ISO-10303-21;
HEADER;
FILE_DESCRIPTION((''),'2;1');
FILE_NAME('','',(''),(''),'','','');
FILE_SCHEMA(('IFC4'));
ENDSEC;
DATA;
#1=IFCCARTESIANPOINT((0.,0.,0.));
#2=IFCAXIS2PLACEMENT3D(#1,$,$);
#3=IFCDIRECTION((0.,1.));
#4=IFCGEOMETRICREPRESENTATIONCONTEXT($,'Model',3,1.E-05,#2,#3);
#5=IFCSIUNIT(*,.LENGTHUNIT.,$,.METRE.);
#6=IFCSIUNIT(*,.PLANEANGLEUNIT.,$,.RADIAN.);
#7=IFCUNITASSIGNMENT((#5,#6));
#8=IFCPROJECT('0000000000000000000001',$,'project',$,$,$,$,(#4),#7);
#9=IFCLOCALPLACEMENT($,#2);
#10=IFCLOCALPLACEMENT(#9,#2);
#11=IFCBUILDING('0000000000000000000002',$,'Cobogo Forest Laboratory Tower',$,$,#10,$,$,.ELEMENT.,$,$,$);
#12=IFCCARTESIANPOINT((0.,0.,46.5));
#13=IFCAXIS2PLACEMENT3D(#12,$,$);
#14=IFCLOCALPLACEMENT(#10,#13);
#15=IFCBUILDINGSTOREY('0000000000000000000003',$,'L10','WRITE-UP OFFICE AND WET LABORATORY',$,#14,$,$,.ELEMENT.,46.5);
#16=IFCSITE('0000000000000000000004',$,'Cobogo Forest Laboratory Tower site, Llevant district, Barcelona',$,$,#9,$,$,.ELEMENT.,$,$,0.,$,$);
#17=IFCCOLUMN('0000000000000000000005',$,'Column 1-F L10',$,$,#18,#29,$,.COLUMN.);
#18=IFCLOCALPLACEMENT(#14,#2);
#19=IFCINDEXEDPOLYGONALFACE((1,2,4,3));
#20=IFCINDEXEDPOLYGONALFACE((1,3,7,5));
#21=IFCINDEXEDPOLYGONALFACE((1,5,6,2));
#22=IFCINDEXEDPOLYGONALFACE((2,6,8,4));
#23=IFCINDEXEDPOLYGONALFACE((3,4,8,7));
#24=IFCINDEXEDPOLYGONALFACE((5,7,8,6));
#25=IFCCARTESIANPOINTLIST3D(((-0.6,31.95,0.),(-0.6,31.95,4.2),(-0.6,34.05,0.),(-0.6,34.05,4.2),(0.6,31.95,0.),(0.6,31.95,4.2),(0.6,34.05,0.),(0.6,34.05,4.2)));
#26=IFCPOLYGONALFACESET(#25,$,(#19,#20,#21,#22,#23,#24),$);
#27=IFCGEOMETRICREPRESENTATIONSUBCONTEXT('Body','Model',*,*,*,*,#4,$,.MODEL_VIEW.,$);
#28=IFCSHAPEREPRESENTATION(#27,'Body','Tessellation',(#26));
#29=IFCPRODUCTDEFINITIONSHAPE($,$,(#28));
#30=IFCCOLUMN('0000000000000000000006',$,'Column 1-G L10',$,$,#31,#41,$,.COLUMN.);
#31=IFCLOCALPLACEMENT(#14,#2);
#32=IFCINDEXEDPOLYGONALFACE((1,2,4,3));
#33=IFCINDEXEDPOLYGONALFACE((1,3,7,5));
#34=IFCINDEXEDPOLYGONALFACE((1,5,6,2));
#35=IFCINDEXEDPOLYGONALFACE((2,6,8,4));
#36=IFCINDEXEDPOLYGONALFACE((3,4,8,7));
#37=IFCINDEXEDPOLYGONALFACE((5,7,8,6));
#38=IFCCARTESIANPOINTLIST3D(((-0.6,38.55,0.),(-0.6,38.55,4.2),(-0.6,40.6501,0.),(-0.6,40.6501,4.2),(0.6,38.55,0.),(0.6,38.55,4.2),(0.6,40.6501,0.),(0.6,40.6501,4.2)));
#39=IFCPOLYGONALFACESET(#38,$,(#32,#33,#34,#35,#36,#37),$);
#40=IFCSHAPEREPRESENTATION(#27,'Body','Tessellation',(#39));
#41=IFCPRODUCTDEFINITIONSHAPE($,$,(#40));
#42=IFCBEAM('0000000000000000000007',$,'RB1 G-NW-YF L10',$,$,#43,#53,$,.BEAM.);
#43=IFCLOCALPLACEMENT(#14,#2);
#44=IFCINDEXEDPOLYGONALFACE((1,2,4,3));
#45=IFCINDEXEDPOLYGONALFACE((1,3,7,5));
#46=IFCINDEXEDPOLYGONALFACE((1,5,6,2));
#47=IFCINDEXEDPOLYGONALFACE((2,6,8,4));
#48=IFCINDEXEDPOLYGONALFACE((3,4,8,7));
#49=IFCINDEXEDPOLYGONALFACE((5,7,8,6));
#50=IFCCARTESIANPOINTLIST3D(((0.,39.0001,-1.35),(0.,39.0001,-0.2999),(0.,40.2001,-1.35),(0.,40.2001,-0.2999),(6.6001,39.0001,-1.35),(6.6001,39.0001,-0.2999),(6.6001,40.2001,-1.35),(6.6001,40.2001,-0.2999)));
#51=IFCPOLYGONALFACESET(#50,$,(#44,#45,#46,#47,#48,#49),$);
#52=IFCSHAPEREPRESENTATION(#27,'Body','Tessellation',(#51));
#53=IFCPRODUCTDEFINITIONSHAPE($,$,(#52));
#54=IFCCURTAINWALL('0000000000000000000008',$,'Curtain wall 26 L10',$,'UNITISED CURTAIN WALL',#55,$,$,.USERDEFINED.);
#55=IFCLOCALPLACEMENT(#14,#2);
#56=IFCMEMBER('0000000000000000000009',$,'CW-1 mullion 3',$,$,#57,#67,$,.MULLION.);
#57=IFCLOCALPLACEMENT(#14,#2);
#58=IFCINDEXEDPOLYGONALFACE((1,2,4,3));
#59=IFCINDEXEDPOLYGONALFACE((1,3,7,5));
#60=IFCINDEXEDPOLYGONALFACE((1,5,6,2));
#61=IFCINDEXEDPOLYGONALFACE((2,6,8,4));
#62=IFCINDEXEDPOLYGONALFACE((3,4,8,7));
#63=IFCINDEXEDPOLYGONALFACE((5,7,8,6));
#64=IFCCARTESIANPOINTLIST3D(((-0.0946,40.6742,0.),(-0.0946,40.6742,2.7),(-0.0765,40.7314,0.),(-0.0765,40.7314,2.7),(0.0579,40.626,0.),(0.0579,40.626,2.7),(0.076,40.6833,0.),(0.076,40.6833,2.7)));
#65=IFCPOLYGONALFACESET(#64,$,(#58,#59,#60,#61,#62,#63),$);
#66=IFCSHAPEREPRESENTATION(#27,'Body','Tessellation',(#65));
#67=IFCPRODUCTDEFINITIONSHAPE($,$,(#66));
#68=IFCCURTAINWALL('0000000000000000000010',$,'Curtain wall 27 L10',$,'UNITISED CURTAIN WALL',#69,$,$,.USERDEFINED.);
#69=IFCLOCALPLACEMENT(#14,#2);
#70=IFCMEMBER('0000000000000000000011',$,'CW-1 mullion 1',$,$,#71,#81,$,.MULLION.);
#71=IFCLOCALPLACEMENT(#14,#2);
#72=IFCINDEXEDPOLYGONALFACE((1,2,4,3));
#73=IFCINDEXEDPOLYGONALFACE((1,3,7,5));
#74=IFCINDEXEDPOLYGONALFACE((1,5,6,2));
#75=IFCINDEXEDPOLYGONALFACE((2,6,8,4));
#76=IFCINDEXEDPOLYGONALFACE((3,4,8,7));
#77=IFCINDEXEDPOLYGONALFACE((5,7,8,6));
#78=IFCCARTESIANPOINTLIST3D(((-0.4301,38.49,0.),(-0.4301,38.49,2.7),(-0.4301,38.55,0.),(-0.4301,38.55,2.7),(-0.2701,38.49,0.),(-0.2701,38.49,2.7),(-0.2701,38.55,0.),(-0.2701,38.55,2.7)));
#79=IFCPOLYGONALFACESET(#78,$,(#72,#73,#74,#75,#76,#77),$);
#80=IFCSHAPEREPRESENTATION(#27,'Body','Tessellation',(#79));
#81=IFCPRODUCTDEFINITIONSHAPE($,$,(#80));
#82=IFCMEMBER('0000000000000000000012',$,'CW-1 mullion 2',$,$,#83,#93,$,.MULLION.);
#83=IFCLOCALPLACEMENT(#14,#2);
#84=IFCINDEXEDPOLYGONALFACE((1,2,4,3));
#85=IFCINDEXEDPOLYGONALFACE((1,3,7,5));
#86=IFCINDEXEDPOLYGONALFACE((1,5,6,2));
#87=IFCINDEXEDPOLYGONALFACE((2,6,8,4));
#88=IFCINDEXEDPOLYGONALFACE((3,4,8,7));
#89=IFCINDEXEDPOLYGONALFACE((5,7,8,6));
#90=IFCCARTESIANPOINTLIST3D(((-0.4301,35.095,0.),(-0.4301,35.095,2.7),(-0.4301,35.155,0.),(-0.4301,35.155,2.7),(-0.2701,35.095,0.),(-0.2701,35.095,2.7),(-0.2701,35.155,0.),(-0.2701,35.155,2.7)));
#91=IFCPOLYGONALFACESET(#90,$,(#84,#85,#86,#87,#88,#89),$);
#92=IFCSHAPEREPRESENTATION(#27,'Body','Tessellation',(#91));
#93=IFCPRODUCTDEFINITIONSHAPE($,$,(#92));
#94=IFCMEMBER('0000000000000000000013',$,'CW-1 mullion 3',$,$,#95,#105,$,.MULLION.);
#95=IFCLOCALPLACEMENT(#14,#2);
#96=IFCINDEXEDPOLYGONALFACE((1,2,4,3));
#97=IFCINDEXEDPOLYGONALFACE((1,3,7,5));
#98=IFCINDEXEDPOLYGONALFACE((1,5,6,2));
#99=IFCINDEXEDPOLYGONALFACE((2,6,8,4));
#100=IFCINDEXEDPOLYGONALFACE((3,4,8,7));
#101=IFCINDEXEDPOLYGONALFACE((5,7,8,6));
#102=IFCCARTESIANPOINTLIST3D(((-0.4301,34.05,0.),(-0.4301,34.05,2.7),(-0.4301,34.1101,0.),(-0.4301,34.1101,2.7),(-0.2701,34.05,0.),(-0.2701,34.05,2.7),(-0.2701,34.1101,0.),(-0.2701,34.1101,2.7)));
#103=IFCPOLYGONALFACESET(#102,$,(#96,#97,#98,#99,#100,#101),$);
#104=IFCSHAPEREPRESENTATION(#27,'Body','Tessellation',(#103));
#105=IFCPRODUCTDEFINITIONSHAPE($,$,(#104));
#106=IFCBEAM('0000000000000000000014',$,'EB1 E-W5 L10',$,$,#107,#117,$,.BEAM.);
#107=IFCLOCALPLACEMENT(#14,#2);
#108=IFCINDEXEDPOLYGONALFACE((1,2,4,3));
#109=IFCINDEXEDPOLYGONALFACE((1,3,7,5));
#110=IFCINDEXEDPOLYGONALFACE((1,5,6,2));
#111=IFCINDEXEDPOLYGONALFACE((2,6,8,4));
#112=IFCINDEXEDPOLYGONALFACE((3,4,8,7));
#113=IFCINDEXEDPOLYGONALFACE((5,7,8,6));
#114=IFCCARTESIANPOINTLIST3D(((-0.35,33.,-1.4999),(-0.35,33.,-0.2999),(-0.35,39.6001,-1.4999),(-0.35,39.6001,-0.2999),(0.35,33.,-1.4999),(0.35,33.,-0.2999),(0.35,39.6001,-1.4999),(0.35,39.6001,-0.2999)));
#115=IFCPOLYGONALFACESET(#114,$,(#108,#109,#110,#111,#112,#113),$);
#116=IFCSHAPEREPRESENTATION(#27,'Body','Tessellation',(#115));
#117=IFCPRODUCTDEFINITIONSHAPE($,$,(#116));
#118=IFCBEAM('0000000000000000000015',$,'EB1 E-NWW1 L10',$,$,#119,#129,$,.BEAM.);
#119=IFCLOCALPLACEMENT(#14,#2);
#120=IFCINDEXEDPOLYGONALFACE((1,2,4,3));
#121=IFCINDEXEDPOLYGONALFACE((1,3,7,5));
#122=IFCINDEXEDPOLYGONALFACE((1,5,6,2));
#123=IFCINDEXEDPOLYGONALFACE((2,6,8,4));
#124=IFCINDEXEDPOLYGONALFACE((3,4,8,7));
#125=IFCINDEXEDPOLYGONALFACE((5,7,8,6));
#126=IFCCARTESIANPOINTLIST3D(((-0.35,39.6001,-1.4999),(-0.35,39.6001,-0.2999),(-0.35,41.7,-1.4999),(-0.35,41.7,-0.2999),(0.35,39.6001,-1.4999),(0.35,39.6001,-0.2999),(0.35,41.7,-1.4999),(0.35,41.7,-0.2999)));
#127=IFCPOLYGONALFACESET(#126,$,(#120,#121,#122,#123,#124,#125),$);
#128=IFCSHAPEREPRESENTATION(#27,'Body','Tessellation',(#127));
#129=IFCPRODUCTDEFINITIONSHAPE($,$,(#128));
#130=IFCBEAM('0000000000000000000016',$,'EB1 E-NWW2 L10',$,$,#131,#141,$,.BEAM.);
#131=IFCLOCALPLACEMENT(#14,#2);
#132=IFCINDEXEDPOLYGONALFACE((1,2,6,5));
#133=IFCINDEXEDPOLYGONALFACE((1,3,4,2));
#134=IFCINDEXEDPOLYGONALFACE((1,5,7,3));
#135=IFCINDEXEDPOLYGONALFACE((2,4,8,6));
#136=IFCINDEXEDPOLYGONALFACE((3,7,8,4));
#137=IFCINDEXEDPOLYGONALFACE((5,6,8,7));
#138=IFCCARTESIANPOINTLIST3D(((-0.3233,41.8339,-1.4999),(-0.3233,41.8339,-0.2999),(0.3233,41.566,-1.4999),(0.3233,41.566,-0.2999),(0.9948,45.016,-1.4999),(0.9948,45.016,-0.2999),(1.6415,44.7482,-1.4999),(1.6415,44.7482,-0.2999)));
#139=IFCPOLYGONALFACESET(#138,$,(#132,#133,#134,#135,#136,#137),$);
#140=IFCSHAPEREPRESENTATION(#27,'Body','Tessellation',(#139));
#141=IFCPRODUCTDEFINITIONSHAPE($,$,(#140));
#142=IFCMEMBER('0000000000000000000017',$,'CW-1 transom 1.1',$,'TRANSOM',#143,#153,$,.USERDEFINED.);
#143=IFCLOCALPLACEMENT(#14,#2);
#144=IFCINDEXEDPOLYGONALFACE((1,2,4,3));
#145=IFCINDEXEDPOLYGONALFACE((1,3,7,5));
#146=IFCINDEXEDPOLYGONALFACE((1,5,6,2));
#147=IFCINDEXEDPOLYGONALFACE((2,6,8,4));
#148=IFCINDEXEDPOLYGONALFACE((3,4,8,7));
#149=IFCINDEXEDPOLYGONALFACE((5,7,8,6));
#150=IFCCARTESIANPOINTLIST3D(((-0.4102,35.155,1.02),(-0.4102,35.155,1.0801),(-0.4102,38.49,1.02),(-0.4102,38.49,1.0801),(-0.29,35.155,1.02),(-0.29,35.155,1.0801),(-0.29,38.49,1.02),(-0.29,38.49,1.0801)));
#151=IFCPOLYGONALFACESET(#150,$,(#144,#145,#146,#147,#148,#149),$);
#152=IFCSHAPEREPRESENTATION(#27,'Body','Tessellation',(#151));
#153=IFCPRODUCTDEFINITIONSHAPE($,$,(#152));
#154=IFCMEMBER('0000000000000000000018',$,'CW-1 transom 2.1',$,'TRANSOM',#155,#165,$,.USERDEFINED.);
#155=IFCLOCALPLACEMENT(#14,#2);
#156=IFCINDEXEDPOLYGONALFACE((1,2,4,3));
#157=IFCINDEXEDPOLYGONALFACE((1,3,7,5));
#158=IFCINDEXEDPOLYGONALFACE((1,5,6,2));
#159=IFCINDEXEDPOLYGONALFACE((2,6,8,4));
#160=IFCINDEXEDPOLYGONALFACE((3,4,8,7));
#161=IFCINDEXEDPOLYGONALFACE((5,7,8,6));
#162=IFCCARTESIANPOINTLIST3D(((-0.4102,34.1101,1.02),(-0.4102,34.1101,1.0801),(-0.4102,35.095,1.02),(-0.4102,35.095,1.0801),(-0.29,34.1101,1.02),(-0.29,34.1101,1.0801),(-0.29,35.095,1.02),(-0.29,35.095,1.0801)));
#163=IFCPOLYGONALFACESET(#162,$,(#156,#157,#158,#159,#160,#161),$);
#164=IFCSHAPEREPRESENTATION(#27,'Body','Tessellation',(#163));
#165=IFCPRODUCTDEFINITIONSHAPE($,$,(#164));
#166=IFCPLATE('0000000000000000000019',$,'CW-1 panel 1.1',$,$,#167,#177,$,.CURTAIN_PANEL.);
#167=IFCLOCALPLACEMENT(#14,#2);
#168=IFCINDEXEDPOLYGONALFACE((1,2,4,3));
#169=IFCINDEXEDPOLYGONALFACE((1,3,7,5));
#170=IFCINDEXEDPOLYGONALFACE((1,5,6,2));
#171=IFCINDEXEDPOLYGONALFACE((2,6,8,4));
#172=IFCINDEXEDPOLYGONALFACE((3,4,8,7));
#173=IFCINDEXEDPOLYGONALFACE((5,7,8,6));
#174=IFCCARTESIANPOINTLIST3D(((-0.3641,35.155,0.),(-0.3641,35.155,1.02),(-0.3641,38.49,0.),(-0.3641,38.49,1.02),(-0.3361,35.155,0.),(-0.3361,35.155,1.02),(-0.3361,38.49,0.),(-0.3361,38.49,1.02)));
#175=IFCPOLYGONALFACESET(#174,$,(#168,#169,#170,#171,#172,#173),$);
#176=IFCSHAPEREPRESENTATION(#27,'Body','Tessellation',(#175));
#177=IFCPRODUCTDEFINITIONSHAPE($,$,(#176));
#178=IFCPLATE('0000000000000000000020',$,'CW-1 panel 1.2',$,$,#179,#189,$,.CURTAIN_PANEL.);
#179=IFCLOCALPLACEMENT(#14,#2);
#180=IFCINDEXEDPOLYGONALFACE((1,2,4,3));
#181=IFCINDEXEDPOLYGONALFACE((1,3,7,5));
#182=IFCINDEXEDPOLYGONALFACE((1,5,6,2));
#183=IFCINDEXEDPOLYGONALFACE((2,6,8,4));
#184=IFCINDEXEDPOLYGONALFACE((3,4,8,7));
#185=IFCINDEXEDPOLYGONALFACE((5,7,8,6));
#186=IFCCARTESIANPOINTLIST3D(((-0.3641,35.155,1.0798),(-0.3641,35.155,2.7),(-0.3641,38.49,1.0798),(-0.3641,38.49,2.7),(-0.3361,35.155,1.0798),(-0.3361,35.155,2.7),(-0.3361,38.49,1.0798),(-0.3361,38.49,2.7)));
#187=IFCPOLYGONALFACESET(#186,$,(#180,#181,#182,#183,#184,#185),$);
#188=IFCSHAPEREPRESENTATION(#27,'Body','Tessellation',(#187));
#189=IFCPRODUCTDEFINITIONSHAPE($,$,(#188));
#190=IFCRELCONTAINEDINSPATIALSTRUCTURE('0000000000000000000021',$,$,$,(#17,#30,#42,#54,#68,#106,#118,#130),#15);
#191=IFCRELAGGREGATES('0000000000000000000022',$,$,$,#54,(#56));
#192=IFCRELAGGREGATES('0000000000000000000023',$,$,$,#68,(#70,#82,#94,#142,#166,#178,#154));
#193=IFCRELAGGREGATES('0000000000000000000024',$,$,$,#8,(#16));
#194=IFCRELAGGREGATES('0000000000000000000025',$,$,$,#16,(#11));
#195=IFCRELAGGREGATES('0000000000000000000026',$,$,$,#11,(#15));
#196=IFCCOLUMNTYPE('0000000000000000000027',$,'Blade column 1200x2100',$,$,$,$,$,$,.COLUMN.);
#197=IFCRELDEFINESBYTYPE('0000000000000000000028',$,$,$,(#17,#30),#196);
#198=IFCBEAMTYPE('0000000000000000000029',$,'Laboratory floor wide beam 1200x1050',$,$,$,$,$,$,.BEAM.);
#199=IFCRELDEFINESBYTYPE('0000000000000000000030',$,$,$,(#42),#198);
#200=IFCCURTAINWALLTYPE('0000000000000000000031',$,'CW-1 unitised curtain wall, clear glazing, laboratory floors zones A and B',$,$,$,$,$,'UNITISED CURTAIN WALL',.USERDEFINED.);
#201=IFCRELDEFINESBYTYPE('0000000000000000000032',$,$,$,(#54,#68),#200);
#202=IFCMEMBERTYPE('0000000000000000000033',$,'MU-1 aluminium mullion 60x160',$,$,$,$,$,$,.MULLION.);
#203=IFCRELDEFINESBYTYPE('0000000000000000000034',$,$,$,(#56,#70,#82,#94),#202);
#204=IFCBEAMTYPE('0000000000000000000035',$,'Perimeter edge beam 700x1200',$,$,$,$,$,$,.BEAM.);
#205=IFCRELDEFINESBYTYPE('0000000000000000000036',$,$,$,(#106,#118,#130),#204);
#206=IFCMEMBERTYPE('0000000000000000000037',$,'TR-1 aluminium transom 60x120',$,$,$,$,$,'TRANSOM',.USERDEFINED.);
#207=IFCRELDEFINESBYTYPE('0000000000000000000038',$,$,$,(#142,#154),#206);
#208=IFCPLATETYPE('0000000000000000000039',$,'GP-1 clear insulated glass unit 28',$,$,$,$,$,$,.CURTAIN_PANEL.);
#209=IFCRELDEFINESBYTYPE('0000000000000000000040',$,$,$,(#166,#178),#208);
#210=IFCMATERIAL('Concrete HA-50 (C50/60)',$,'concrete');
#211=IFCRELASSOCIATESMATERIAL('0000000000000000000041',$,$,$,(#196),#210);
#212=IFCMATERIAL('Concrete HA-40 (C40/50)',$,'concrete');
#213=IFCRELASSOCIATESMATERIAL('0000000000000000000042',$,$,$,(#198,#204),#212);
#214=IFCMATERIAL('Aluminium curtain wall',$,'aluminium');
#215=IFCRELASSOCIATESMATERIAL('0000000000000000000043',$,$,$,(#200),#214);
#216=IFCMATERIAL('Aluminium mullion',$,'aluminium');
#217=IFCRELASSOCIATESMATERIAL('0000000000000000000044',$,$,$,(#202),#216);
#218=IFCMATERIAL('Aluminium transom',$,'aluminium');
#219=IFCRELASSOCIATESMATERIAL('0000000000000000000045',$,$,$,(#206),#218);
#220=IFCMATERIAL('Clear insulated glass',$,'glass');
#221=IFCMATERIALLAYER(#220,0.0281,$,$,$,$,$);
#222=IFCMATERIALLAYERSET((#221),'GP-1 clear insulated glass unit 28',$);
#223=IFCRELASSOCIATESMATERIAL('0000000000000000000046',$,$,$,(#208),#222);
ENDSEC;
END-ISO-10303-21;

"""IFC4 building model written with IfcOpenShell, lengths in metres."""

from ifc_helpers import new_model, si_unit, direction, frame, origin, origin_2d, place, context, subcontext, project, spatial, rectangle, extrude, material, layer, layer_set, material_profile, profile_set, type_object, element, aggregate, save


model = new_model("IFC4")

# Units and contexts
model_context = context("Model", 3, precision=1e-05, world=origin(), true_north=direction((0.0, 1.0)))
body_context = subcontext(model_context, "Body", "Model", "MODEL_VIEW")
ifc_project = project(units=[si_unit("LENGTHUNIT", "METRE"), si_unit("PLANEANGLEUNIT", "RADIAN")], contexts=[model_context])

# Site, building, storey
site_placement = place(None, origin())
site = spatial("IfcSite", under=ifc_project, at=site_placement, Name="Cobogo Forest Laboratory Tower site, Llevant district, Barcelona", CompositionType="ELEMENT", RefElevation=0.0)
building_placement = place(site_placement, origin())
building = spatial("IfcBuilding", under=site, at=building_placement, Name="Cobogo Forest Laboratory Tower", CompositionType="ELEMENT")
storey_placement = place(building_placement, frame((0.0, 0.0, 46.5)))
storey = spatial("IfcBuildingStorey", under=building, at=storey_placement, Name="L10", Description="WRITE-UP OFFICE AND WET LABORATORY", CompositionType="ELEMENT", Elevation=46.5)

# Columns
ifc_material_1 = material(Name="Concrete HA-50 (C50/60)", Category="concrete")
ifc_material_profile_1 = material_profile(ifc_material_1, rectangle(XDim=2.1001, YDim=1.2, at=origin_2d()), Name="RC 1200x2100")
ifc_profile_set_1 = profile_set([ifc_material_profile_1], Name="Concrete HA-50 (C50/60)")
column_type = type_object("IfcColumnType", Name="Blade column 1200x2100", PredefinedType="COLUMN", material=ifc_profile_set_1)
for number, where, z_axis, x_axis, name in (
    (1, (0.0, 33.0, 0.0), (0.0, 0.0, 1.0), (0.0, 1.0, 0.0), "Column 1-F L10"),
    (2, (0.0, 39.6001, 0.0), (0.0, 0.0, 1.0), (0.0, 1.0, 0.0), "Column 1-G L10"),
):
    element("IfcColumn", number, at=place(storey_placement, frame(where, z_axis=z_axis, x_axis=x_axis)), inside=storey, type_object=column_type, Name=name, PredefinedType="COLUMN", context=body_context, shape_type="SweptSolid", body=[
        extrude(rectangle(XDim=2.1001, YDim=1.2, at=origin_2d()), origin(), (0.0, 0.0, 1.0), 4.2),
    ])

# Beam
ifc_material_2 = material(Name="Concrete HA-40 (C40/50)", Category="concrete")
ifc_material_profile_2 = material_profile(ifc_material_2, rectangle(XDim=1.2, YDim=1.05, at=origin_2d()), Name="RC 1200x1050")
ifc_profile_set_2 = profile_set([ifc_material_profile_2], Name="Concrete HA-40 (C40/50)")
beam_type_1 = type_object("IfcBeamType", Name="Laboratory floor wide beam 1200x1050", PredefinedType="BEAM", material=ifc_profile_set_2)
beam_1_placement = place(storey_placement, frame((0.0, 39.6001, -0.825), z_axis=(1.0, 0.0, 0.0), x_axis=(0.0, 1.0, 0.0)))
element("IfcBeam", 3, at=beam_1_placement, inside=storey, type_object=beam_type_1, Name="RB1 G-NW-YF L10", PredefinedType="BEAM", context=body_context, shape_type="SweptSolid", body=[
    extrude(rectangle(XDim=1.2, YDim=1.05, at=origin_2d()), origin(), (0.0, 0.0, 1.0), 6.6001),
])

# Curtain wall, member
ifc_material_3 = material(Name="Aluminium curtain wall", Category="aluminium")
curtain_wall_type = type_object("IfcCurtainWallType", Name="CW-1 unitised curtain wall, clear glazing, laboratory floors zones A and B", ElementType="UNITISED CURTAIN WALL", PredefinedType="USERDEFINED", material=ifc_material_3)
curtain_wall_1_placement = place(storey_placement, origin())
curtain_wall_1 = element("IfcCurtainWall", 4, at=curtain_wall_1_placement, inside=storey, type_object=curtain_wall_type, Name="Curtain wall 26 L10", ObjectType="UNITISED CURTAIN WALL", PredefinedType="USERDEFINED")
ifc_material_4 = material(Name="Aluminium mullion", Category="aluminium")
ifc_material_profile_3 = material_profile(ifc_material_4, rectangle(XDim=0.0601, YDim=0.1599, at=origin_2d()), Name="AL 60x160")
ifc_profile_set_3 = profile_set([ifc_material_profile_3], Name="Aluminium mullion")
member_type_1 = type_object("IfcMemberType", Name="MU-1 aluminium mullion 60x160", PredefinedType="MULLION", material=ifc_profile_set_3)
member_1_placement = place(storey_placement, frame((-0.0093, 40.6787, 0.0), z_axis=(0.0, 0.0, 1.0), x_axis=(-0.301135, -0.953581, 0.0)))
member_1 = element("IfcMember", 5, at=member_1_placement, type_object=member_type_1, Name="CW-1 mullion 3", PredefinedType="MULLION", context=body_context, shape_type="SweptSolid", body=[
    extrude(rectangle(XDim=0.0601, YDim=0.1599, at=origin_2d()), origin(), (0.0, 0.0, 1.0), 2.7),
])
aggregate(curtain_wall_1, [member_1])

# Curtain wall, members
curtain_wall_2_placement = place(storey_placement, origin())
curtain_wall_2 = element("IfcCurtainWall", 6, at=curtain_wall_2_placement, inside=storey, type_object=curtain_wall_type, Name="Curtain wall 27 L10", ObjectType="UNITISED CURTAIN WALL", PredefinedType="USERDEFINED")
member_2_placement = place(storey_placement, frame((-0.3501, 38.52, 0.0), z_axis=(0.0, 0.0, 1.0), x_axis=(0.0, -1.0, 0.0)))
member_2 = element("IfcMember", 7, at=member_2_placement, type_object=member_type_1, Name="CW-1 mullion 1", PredefinedType="MULLION", context=body_context, shape_type="SweptSolid", body=[
    extrude(rectangle(XDim=0.0601, YDim=0.1599, at=origin_2d()), origin(), (0.0, 0.0, 1.0), 2.7),
])
member_3_placement = place(storey_placement, frame((-0.3501, 35.125, 0.0), z_axis=(0.0, 0.0, 1.0), x_axis=(0.0, -1.0, 0.0)))
member_3 = element("IfcMember", 8, at=member_3_placement, type_object=member_type_1, Name="CW-1 mullion 2", PredefinedType="MULLION", context=body_context, shape_type="SweptSolid", body=[
    extrude(rectangle(XDim=0.0601, YDim=0.1599, at=origin_2d()), origin(), (0.0, 0.0, 1.0), 2.7),
])
member_4_placement = place(storey_placement, frame((-0.3501, 34.0801, 0.0), z_axis=(0.0, 0.0, 1.0), x_axis=(0.0, -1.0, 0.0)))
member_4 = element("IfcMember", 9, at=member_4_placement, type_object=member_type_1, Name="CW-1 mullion 3", PredefinedType="MULLION", context=body_context, shape_type="SweptSolid", body=[
    extrude(rectangle(XDim=0.0601, YDim=0.1599, at=origin_2d()), origin(), (0.0, 0.0, 1.0), 2.7),
])

# Beams
ifc_material_profile_4 = material_profile(ifc_material_2, rectangle(XDim=0.7, YDim=1.2, at=origin_2d()), Name="RC 700x1200")
ifc_profile_set_4 = profile_set([ifc_material_profile_4], Name="Concrete HA-40 (C40/50)")
beam_type_2 = type_object("IfcBeamType", Name="Perimeter edge beam 700x1200", PredefinedType="BEAM", material=ifc_profile_set_4)
beam_2_placement = place(storey_placement, frame((0.0, 33.0, -0.8999), z_axis=(0.0, 1.0, 0.0), x_axis=(-1.0, 0.0, 0.0)))
element("IfcBeam", 10, at=beam_2_placement, inside=storey, type_object=beam_type_2, Name="EB1 E-W5 L10", PredefinedType="BEAM", context=body_context, shape_type="SweptSolid", body=[
    extrude(rectangle(XDim=0.7, YDim=1.2, at=origin_2d()), origin(), (0.0, 0.0, 1.0), 6.6001),
])
beam_3_placement = place(storey_placement, frame((0.0, 39.6001, -0.8999), z_axis=(0.0, 1.0, 0.0), x_axis=(-1.0, 0.0, 0.0)))
element("IfcBeam", 11, at=beam_3_placement, inside=storey, type_object=beam_type_2, Name="EB1 E-NWW1 L10", PredefinedType="BEAM", context=body_context, shape_type="SweptSolid", body=[
    extrude(rectangle(XDim=0.7, YDim=1.2, at=origin_2d()), origin(), (0.0, 0.0, 1.0), 2.0999),
])
beam_4_placement = place(storey_placement, frame((0.0, 41.7, -0.8999), z_axis=(0.382692, 0.923876, 0.0), x_axis=(-0.923876, 0.382692, 0.0)))
element("IfcBeam", 12, at=beam_4_placement, inside=storey, type_object=beam_type_2, Name="EB1 E-NWW2 L10", PredefinedType="BEAM", context=body_context, shape_type="SweptSolid", body=[
    extrude(rectangle(XDim=0.7, YDim=1.2, at=origin_2d()), origin(), (0.0, 0.0, 1.0), 3.4443),
])

# Members
ifc_material_5 = material(Name="Aluminium transom", Category="aluminium")
ifc_material_profile_5 = material_profile(ifc_material_5, rectangle(XDim=0.1201, YDim=0.0601, at=origin_2d()), Name="AL 60x120")
ifc_profile_set_5 = profile_set([ifc_material_profile_5], Name="Aluminium transom")
member_type_2 = type_object("IfcMemberType", Name="TR-1 aluminium transom 60x120", ElementType="TRANSOM", PredefinedType="USERDEFINED", material=ifc_profile_set_5)
member_5_placement = place(storey_placement, frame((-0.3501, 38.49, 1.05), z_axis=(0.0, -1.0, 0.0), x_axis=(1.0, 0.0, 0.0)))
member_5 = element("IfcMember", 13, at=member_5_placement, type_object=member_type_2, Name="CW-1 transom 1.1", ObjectType="TRANSOM", PredefinedType="USERDEFINED", context=body_context, shape_type="SweptSolid", body=[
    extrude(rectangle(XDim=0.1201, YDim=0.0601, at=origin_2d()), origin(), (0.0, 0.0, 1.0), 3.335),
])
member_6_placement = place(storey_placement, frame((-0.3501, 35.095, 1.05), z_axis=(0.0, -1.0, 0.0), x_axis=(1.0, 0.0, 0.0)))
member_6 = element("IfcMember", 14, at=member_6_placement, type_object=member_type_2, Name="CW-1 transom 2.1", ObjectType="TRANSOM", PredefinedType="USERDEFINED", context=body_context, shape_type="SweptSolid", body=[
    extrude(rectangle(XDim=0.1201, YDim=0.0601, at=origin_2d()), origin(), (0.0, 0.0, 1.0), 0.9849),
])

# Plates
ifc_material_6 = material(Name="Clear insulated glass", Category="glass")
ifc_layer_1 = layer(ifc_material_6, 0.0281)
ifc_layer_set_1 = layer_set([ifc_layer_1], Name="GP-1 clear insulated glass unit 28")
plate_type_1 = type_object("IfcPlateType", Name="GP-1 clear insulated glass unit 28", PredefinedType="CURTAIN_PANEL", material=ifc_layer_set_1)
plate_1_placement = place(storey_placement, frame((-0.3501, 36.8225, 0.0), z_axis=(0.0, 0.0, 1.0), x_axis=(0.0, -1.0, 0.0)))
plate_1 = element("IfcPlate", 15, at=plate_1_placement, type_object=plate_type_1, Name="CW-1 panel 1.1", PredefinedType="CURTAIN_PANEL", context=body_context, shape_type="SweptSolid", body=[
    extrude(rectangle(XDim=3.335, YDim=0.0281, at=origin_2d()), origin(), (0.0, 0.0, 1.0), 1.02),
])
plate_2_placement = place(storey_placement, frame((-0.3501, 36.8225, 1.0798), z_axis=(0.0, 0.0, 1.0), x_axis=(0.0, -1.0, 0.0)))
plate_2 = element("IfcPlate", 16, at=plate_2_placement, type_object=plate_type_1, Name="CW-1 panel 1.2", PredefinedType="CURTAIN_PANEL", context=body_context, shape_type="SweptSolid", body=[
    extrude(rectangle(XDim=3.335, YDim=0.0281, at=origin_2d()), origin(), (0.0, 0.0, 1.0), 1.6201),
])
aggregate(curtain_wall_2, [member_2, member_3, member_4, member_5, plate_1, plate_2, member_6])

save(model, "model.ifc")
